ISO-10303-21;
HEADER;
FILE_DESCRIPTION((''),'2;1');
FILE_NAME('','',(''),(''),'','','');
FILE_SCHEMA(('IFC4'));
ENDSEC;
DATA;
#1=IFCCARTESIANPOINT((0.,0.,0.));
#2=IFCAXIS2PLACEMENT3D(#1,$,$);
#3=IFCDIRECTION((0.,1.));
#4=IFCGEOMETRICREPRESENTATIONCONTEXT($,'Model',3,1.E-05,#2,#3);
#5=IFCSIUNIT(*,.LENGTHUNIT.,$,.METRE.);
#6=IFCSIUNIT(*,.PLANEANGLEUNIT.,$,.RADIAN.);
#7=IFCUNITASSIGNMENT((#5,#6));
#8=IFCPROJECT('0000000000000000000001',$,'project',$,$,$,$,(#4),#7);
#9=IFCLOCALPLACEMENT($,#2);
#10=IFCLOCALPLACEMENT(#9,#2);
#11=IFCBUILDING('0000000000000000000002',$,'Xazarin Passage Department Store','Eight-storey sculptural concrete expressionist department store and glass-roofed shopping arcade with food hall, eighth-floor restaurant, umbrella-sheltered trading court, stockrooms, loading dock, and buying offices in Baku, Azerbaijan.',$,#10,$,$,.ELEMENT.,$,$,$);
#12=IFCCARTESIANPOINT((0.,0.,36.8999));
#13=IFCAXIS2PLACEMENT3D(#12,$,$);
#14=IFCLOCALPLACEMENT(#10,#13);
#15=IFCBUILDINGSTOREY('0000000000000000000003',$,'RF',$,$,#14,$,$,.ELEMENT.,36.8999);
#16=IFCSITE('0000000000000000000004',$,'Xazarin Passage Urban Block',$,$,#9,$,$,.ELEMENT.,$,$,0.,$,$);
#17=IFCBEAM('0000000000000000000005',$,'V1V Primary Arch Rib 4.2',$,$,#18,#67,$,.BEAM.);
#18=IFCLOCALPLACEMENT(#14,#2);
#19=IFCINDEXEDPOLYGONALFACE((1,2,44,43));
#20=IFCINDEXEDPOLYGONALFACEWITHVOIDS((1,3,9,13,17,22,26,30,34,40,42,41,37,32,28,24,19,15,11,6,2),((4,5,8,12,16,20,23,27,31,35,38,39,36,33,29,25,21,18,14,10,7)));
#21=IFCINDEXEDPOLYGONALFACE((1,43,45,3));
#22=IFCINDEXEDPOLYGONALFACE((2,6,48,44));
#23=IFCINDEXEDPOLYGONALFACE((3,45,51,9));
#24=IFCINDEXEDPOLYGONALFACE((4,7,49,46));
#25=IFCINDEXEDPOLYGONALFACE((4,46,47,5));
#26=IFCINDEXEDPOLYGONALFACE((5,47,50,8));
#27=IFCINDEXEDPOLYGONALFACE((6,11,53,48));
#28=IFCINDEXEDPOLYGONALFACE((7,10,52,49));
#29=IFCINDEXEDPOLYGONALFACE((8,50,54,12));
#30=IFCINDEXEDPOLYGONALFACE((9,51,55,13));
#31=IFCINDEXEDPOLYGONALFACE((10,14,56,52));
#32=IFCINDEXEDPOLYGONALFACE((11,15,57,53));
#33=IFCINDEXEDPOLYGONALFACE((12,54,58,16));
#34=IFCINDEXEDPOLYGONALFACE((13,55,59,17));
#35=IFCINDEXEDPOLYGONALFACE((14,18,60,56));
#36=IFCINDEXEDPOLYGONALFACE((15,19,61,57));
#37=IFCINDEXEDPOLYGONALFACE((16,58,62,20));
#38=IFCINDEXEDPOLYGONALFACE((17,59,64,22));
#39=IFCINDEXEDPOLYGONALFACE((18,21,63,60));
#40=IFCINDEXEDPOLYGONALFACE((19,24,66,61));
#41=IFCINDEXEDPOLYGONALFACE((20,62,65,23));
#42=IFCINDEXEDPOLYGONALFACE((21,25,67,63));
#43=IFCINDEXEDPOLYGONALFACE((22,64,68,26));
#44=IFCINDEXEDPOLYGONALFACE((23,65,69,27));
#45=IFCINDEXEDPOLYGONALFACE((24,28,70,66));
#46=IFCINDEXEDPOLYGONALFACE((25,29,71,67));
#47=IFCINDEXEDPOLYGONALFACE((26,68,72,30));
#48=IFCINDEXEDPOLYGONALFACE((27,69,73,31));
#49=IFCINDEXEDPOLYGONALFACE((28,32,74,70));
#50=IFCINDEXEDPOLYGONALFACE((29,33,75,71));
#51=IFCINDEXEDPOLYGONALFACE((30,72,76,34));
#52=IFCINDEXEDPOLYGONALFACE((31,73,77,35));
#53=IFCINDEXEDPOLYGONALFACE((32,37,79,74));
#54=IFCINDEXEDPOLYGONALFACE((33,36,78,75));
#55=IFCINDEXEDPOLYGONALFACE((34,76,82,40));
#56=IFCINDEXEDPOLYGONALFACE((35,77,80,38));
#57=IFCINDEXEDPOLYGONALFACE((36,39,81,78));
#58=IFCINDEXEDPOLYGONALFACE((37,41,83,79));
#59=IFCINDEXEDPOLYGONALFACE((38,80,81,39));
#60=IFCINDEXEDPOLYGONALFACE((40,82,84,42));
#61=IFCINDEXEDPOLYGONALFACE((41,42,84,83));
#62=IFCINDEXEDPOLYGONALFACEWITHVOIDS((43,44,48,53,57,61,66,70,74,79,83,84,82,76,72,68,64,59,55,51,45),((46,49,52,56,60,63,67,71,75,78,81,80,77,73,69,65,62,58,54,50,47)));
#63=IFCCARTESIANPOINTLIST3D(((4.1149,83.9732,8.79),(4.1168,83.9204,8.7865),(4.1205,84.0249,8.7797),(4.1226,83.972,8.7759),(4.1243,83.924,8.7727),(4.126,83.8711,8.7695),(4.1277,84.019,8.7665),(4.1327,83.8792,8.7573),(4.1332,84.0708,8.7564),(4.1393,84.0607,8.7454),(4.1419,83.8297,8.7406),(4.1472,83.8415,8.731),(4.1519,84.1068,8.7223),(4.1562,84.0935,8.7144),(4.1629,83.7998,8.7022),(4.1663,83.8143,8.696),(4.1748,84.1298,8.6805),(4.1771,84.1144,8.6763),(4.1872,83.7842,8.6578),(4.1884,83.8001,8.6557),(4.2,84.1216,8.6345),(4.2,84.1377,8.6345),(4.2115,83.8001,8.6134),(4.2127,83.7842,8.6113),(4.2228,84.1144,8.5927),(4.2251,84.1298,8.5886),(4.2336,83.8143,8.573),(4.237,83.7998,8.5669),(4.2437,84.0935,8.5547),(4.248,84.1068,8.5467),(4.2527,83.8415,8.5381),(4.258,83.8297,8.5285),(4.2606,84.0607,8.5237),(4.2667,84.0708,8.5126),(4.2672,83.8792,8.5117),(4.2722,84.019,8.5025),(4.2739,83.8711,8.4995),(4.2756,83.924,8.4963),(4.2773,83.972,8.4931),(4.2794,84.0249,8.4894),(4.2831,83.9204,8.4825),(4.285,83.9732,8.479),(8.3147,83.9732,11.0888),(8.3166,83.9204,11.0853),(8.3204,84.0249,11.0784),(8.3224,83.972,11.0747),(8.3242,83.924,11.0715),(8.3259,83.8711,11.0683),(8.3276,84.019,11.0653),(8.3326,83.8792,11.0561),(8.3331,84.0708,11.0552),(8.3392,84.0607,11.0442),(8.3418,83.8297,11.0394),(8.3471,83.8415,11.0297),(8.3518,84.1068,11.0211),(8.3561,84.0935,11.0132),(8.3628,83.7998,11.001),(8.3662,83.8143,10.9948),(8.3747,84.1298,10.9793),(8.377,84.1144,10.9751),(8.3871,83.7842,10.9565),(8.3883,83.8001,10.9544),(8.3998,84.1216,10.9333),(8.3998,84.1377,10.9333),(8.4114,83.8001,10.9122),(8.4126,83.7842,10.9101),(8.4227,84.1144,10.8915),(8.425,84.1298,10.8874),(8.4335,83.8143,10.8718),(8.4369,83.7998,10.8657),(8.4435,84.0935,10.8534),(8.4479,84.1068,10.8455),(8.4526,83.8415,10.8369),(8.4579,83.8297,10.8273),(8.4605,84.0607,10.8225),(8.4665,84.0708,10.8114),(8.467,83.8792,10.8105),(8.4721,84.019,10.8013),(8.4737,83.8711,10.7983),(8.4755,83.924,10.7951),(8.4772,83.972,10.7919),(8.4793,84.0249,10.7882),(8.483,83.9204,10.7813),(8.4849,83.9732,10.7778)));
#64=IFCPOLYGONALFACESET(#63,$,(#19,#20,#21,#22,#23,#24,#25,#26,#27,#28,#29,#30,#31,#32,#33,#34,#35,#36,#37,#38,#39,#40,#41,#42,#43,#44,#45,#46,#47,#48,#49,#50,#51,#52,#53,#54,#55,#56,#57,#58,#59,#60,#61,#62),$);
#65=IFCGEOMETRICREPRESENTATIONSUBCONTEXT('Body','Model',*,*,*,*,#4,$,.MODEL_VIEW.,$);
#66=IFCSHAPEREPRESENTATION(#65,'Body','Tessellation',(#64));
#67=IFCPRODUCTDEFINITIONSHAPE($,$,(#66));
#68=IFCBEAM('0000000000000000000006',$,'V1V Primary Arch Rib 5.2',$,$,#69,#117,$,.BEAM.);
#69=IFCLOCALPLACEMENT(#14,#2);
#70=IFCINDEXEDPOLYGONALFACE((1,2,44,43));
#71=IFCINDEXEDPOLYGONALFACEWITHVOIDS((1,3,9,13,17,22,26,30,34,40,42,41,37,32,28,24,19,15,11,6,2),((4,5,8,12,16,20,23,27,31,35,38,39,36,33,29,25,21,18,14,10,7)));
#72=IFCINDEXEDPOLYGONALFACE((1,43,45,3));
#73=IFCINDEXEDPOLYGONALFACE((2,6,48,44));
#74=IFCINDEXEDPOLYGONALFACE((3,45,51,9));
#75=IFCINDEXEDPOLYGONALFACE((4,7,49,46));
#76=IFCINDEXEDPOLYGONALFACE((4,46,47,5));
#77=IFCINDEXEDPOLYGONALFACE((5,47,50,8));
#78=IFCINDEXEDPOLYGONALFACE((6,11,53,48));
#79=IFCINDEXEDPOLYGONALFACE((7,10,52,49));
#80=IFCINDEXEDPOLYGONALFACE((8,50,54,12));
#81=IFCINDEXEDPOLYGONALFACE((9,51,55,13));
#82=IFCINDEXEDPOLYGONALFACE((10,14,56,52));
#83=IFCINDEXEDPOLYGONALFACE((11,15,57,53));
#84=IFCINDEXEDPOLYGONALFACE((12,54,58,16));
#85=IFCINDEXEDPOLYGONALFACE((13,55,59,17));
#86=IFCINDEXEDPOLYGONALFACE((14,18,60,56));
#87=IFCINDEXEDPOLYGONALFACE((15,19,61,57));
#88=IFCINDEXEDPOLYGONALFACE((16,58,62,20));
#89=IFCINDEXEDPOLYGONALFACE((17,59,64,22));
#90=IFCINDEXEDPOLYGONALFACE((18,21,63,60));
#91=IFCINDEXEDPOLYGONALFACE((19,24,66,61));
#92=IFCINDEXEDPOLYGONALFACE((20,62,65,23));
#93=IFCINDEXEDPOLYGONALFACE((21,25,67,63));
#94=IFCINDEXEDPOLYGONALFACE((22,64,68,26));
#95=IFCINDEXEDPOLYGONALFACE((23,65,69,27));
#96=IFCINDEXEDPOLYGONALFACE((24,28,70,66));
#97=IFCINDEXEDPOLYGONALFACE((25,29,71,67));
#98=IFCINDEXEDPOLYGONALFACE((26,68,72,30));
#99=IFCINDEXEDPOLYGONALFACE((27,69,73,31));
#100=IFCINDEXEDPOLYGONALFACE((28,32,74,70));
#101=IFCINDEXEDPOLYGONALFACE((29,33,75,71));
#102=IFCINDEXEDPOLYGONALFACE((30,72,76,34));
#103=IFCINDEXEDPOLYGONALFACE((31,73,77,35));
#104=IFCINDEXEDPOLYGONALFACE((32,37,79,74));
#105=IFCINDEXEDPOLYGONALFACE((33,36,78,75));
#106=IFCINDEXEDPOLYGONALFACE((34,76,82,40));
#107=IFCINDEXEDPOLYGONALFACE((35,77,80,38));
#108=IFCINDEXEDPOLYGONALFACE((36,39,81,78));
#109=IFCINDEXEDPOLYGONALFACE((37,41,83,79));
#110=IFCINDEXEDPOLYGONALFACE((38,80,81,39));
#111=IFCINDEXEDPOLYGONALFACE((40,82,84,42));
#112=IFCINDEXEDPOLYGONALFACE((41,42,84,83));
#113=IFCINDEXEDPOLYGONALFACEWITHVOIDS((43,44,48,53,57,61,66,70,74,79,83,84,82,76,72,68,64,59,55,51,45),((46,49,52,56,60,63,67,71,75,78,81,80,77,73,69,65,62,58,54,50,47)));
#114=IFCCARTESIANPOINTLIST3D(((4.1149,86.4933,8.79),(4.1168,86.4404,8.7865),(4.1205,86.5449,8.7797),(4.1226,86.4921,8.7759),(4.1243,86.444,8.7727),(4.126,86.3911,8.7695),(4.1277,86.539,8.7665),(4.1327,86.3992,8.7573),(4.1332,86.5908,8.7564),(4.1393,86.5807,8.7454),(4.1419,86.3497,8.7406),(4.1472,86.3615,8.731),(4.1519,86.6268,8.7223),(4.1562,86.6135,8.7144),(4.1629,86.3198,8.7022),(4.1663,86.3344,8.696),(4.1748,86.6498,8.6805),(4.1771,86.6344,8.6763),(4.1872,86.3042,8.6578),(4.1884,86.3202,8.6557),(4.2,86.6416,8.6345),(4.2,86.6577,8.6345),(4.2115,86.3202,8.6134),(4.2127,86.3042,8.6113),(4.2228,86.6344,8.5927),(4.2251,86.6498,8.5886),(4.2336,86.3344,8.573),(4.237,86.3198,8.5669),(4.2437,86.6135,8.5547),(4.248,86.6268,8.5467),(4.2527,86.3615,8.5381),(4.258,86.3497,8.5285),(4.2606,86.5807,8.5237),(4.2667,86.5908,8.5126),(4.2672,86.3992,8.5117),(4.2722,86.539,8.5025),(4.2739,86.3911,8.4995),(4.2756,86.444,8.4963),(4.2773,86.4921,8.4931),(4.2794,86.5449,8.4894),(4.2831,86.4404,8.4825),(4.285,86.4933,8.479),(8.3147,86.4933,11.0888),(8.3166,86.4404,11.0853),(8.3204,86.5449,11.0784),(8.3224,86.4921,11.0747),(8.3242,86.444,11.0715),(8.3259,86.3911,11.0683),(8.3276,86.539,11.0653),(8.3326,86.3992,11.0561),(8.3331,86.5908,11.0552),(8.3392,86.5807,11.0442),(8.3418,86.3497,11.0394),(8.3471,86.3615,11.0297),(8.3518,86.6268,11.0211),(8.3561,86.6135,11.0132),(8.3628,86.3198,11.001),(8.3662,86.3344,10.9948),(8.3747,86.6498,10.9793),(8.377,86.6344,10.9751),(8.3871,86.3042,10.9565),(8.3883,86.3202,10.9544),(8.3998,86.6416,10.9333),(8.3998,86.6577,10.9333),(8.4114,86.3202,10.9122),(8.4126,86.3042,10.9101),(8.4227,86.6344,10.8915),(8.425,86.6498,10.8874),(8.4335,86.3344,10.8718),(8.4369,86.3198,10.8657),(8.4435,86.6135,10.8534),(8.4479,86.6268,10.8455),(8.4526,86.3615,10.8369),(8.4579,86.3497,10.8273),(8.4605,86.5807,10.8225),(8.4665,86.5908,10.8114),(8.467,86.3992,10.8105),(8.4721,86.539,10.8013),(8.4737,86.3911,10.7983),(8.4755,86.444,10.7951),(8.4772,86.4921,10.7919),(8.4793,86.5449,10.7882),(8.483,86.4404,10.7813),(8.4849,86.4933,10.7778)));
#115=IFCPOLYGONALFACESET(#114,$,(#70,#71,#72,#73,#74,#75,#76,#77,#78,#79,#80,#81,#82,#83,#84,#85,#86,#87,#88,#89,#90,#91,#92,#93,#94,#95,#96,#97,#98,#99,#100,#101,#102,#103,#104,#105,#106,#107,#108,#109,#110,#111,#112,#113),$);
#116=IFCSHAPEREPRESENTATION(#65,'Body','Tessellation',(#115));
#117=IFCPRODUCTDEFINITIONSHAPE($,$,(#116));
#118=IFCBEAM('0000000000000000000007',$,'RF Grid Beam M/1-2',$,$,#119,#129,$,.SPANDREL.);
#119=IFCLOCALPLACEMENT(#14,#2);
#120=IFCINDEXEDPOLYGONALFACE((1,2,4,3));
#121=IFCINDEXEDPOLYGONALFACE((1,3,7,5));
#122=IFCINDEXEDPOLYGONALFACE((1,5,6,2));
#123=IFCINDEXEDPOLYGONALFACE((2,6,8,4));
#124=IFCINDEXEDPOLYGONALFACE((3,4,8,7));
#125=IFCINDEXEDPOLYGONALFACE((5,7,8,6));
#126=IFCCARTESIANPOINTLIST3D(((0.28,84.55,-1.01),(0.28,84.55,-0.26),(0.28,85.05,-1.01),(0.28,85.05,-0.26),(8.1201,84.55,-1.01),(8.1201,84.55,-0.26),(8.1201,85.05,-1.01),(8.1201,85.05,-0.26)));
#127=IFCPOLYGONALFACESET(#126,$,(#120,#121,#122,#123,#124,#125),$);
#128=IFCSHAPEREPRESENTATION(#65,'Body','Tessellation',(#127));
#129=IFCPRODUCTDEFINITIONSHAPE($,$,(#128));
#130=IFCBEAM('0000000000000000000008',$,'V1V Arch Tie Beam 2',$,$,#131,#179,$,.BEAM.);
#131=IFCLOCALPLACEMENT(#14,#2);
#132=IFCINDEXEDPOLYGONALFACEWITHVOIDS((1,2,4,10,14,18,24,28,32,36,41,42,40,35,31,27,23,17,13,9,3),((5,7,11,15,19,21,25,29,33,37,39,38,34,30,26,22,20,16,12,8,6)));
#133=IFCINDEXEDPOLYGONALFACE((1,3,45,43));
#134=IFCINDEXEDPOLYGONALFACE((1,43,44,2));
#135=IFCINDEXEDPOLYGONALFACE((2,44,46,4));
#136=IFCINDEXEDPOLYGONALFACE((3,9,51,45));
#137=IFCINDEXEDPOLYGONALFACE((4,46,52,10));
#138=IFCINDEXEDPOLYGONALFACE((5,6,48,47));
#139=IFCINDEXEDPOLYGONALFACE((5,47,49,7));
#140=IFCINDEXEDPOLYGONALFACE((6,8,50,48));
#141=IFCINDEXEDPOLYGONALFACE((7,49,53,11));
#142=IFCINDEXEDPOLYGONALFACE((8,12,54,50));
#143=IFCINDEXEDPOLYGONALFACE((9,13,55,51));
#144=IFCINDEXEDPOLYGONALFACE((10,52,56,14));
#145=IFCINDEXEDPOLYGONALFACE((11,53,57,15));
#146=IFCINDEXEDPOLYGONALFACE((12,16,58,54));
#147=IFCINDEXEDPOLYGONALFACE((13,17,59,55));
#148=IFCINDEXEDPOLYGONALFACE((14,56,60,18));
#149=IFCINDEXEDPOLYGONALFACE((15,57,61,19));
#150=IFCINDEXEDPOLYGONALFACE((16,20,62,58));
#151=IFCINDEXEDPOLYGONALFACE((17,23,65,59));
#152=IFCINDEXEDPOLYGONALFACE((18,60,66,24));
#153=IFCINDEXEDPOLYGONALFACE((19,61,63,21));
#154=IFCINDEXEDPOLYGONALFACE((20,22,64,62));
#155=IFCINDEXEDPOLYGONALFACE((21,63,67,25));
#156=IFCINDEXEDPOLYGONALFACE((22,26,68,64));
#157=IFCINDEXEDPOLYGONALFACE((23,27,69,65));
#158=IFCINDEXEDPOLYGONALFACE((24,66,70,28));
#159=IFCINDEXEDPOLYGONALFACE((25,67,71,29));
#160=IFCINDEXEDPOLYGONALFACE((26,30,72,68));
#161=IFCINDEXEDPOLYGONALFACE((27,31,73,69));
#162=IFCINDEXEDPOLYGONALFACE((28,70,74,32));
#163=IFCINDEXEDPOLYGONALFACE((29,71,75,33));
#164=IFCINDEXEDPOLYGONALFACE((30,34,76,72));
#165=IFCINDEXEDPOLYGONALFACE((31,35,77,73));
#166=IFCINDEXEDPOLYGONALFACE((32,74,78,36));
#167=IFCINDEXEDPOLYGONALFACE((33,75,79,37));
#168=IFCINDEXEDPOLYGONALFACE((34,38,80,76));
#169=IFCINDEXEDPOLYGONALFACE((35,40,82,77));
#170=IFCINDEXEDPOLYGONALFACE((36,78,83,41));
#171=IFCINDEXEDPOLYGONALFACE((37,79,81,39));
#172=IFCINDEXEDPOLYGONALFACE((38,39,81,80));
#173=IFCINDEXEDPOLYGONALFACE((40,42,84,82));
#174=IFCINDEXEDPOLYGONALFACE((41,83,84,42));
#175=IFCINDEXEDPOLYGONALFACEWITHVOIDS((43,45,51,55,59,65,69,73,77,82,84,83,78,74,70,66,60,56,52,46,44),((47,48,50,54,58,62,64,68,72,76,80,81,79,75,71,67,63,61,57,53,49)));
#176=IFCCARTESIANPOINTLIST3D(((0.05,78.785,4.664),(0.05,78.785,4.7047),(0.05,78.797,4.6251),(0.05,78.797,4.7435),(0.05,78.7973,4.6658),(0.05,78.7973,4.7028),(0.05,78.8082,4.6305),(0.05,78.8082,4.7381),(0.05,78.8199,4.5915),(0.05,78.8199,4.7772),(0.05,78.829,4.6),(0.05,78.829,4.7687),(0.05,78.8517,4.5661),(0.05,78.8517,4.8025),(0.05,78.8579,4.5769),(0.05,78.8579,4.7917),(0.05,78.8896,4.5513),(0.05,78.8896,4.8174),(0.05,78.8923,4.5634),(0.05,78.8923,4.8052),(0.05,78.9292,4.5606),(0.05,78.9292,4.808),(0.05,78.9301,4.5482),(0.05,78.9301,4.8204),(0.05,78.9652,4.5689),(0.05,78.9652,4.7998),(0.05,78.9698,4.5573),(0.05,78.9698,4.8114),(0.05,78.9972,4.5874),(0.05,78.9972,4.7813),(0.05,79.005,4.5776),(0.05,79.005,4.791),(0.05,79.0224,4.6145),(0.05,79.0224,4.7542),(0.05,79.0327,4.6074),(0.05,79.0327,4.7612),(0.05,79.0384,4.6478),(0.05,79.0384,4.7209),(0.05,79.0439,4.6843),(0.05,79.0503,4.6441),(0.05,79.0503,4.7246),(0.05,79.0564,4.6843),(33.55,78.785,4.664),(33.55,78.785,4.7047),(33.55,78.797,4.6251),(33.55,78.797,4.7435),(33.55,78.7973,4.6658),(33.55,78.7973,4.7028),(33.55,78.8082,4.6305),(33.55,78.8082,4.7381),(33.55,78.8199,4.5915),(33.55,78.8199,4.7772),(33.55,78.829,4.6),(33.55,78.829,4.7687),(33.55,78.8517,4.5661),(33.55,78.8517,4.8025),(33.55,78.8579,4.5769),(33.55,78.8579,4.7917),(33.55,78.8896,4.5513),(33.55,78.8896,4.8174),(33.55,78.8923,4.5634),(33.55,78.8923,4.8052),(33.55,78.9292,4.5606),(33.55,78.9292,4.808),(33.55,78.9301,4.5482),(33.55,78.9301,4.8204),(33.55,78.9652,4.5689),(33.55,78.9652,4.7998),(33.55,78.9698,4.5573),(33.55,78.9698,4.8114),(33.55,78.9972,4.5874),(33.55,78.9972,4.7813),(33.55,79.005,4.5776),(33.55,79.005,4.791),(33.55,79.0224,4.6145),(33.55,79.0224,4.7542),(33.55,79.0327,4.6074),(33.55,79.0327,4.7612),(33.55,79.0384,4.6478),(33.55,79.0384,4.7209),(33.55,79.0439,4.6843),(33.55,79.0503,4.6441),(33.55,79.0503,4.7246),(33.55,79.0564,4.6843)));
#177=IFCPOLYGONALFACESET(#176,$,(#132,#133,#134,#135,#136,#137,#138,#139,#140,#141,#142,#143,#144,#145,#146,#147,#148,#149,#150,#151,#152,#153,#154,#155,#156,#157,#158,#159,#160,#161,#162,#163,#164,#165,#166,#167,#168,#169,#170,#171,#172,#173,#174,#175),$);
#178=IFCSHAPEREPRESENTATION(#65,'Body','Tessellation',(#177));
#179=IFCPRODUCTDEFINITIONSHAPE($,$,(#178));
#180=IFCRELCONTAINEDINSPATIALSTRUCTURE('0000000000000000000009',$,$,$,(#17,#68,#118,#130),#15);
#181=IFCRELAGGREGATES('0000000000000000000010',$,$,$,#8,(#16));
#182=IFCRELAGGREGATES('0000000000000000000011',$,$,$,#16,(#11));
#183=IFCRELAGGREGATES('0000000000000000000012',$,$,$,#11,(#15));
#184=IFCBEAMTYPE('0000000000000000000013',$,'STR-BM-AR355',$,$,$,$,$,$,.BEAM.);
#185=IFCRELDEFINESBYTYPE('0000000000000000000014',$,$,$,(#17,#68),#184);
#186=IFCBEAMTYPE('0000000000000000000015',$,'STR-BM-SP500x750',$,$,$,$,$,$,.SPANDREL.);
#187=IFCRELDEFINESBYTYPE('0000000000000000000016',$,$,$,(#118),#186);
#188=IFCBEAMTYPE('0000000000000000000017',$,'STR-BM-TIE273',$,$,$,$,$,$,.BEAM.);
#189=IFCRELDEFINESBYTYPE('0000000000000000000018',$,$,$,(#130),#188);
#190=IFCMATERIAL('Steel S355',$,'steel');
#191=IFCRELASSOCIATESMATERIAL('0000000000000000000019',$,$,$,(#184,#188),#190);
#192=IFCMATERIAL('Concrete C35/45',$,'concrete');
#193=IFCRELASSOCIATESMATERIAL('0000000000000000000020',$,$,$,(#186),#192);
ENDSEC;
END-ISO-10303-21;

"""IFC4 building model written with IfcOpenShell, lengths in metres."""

from ifc_helpers import new_model, si_unit, direction, frame, origin, origin_2d, place, context, subcontext, project, spatial, rectangle, hollow_circle, extrude, material, material_profile, profile_set, type_object, element, save


model = new_model("IFC4")

# Units and contexts
model_context = context("Model", 3, precision=1e-05, world=origin(), true_north=direction((0.0, 1.0)))
body_context = subcontext(model_context, "Body", "Model", "MODEL_VIEW")
ifc_project = project(units=[si_unit("LENGTHUNIT", "METRE"), si_unit("PLANEANGLEUNIT", "RADIAN")], contexts=[model_context])

# Site, building, storey
site_placement = place(None, origin())
site = spatial("IfcSite", under=ifc_project, at=site_placement, Name="Xazarin Passage Urban Block", CompositionType="ELEMENT", RefElevation=0.0)
building_placement = place(site_placement, origin())
building = spatial("IfcBuilding", under=site, at=building_placement, Name="Xazarin Passage Department Store", Description="Eight-storey sculptural concrete expressionist department store and glass-roofed shopping arcade with food hall, eighth-floor restaurant, umbrella-sheltered trading court, stockrooms, loading dock, and buying offices in Baku, Azerbaijan.", CompositionType="ELEMENT")
storey_placement = place(building_placement, frame((0.0, 0.0, 36.8999)))
storey = spatial("IfcBuildingStorey", under=building, at=storey_placement, Name="RF", CompositionType="ELEMENT", Elevation=36.8999)

# Beams
ifc_material_1 = material(Name="Steel S355", Category="steel")
ifc_material_profile_1 = material_profile(ifc_material_1, hollow_circle(Radius=0.1777, WallThickness=0.0161, at=origin_2d()), Name="CHS 355.6x16")
ifc_profile_set_1 = profile_set([ifc_material_profile_1], Name="Steel S355")
beam_type_1 = type_object("IfcBeamType", Name="STR-BM-AR355", PredefinedType="BEAM", material=ifc_profile_set_1)
for number, where, z_axis, x_axis, name in (
    (1, (4.2, 83.96, 8.6345), (0.877197, 0.0, 0.480131), (0.0, 1.0, 0.0), "V1V Primary Arch Rib 4.2"),
    (2, (4.2, 86.48, 8.6345), (0.877197, 0.0, 0.480131), (0.0, 1.0, 0.0), "V1V Primary Arch Rib 5.2"),
):
    element("IfcBeam", number, at=place(storey_placement, frame(where, z_axis=z_axis, x_axis=x_axis)), inside=storey, type_object=beam_type_1, Name=name, PredefinedType="BEAM", context=body_context, shape_type="SweptSolid", body=[
        extrude(hollow_circle(Radius=0.1777, WallThickness=0.0161, at=origin_2d()), origin(), (0.0, 0.0, 1.0), 4.7878),
    ])
ifc_material_2 = material(Name="Concrete C35/45", Category="concrete")
ifc_material_profile_2 = material_profile(ifc_material_2, rectangle(XDim=0.5, YDim=0.75, at=origin_2d()), Name="RC 500x750")
ifc_profile_set_2 = profile_set([ifc_material_profile_2], Name="Concrete C35/45")
beam_type_2 = type_object("IfcBeamType", Name="STR-BM-SP500x750", PredefinedType="SPANDREL", material=ifc_profile_set_2)
beam_placement = place(storey_placement, frame((0.28, 84.8, -0.635), z_axis=(1.0, 0.0, 0.0), x_axis=(0.0, 1.0, 0.0)))
element("IfcBeam", 3, at=beam_placement, inside=storey, type_object=beam_type_2, Name="RF Grid Beam M/1-2", PredefinedType="SPANDREL", context=body_context, shape_type="SweptSolid", body=[
    extrude(rectangle(XDim=0.5, YDim=0.75, at=origin_2d()), origin(), (0.0, 0.0, 1.0), 7.8401),
])
ifc_material_profile_3 = material_profile(ifc_material_1, hollow_circle(Radius=0.1365, WallThickness=0.0125, at=origin_2d()), Name="CHS 273x12.5")
ifc_profile_set_3 = profile_set([ifc_material_profile_3], Name="Steel S355")
beam_type_3 = type_object("IfcBeamType", Name="STR-BM-TIE273", PredefinedType="BEAM", material=ifc_profile_set_3)
for number, where, z_axis, x_axis, name in (
    (4, (0.05, 78.9199, 4.6843), (1.0, 0.0, 0.0), (0.0, 1.0, 0.0), "V1V Arch Tie Beam 2"),
):
    element("IfcBeam", number, at=place(storey_placement, frame(where, z_axis=z_axis, x_axis=x_axis)), inside=storey, type_object=beam_type_3, Name=name, PredefinedType="BEAM", context=body_context, shape_type="SweptSolid", body=[
        extrude(hollow_circle(Radius=0.1365, WallThickness=0.0125, at=origin_2d()), origin(), (0.0, 0.0, 1.0), 33.5),
    ])

save(model, "model.ifc")
